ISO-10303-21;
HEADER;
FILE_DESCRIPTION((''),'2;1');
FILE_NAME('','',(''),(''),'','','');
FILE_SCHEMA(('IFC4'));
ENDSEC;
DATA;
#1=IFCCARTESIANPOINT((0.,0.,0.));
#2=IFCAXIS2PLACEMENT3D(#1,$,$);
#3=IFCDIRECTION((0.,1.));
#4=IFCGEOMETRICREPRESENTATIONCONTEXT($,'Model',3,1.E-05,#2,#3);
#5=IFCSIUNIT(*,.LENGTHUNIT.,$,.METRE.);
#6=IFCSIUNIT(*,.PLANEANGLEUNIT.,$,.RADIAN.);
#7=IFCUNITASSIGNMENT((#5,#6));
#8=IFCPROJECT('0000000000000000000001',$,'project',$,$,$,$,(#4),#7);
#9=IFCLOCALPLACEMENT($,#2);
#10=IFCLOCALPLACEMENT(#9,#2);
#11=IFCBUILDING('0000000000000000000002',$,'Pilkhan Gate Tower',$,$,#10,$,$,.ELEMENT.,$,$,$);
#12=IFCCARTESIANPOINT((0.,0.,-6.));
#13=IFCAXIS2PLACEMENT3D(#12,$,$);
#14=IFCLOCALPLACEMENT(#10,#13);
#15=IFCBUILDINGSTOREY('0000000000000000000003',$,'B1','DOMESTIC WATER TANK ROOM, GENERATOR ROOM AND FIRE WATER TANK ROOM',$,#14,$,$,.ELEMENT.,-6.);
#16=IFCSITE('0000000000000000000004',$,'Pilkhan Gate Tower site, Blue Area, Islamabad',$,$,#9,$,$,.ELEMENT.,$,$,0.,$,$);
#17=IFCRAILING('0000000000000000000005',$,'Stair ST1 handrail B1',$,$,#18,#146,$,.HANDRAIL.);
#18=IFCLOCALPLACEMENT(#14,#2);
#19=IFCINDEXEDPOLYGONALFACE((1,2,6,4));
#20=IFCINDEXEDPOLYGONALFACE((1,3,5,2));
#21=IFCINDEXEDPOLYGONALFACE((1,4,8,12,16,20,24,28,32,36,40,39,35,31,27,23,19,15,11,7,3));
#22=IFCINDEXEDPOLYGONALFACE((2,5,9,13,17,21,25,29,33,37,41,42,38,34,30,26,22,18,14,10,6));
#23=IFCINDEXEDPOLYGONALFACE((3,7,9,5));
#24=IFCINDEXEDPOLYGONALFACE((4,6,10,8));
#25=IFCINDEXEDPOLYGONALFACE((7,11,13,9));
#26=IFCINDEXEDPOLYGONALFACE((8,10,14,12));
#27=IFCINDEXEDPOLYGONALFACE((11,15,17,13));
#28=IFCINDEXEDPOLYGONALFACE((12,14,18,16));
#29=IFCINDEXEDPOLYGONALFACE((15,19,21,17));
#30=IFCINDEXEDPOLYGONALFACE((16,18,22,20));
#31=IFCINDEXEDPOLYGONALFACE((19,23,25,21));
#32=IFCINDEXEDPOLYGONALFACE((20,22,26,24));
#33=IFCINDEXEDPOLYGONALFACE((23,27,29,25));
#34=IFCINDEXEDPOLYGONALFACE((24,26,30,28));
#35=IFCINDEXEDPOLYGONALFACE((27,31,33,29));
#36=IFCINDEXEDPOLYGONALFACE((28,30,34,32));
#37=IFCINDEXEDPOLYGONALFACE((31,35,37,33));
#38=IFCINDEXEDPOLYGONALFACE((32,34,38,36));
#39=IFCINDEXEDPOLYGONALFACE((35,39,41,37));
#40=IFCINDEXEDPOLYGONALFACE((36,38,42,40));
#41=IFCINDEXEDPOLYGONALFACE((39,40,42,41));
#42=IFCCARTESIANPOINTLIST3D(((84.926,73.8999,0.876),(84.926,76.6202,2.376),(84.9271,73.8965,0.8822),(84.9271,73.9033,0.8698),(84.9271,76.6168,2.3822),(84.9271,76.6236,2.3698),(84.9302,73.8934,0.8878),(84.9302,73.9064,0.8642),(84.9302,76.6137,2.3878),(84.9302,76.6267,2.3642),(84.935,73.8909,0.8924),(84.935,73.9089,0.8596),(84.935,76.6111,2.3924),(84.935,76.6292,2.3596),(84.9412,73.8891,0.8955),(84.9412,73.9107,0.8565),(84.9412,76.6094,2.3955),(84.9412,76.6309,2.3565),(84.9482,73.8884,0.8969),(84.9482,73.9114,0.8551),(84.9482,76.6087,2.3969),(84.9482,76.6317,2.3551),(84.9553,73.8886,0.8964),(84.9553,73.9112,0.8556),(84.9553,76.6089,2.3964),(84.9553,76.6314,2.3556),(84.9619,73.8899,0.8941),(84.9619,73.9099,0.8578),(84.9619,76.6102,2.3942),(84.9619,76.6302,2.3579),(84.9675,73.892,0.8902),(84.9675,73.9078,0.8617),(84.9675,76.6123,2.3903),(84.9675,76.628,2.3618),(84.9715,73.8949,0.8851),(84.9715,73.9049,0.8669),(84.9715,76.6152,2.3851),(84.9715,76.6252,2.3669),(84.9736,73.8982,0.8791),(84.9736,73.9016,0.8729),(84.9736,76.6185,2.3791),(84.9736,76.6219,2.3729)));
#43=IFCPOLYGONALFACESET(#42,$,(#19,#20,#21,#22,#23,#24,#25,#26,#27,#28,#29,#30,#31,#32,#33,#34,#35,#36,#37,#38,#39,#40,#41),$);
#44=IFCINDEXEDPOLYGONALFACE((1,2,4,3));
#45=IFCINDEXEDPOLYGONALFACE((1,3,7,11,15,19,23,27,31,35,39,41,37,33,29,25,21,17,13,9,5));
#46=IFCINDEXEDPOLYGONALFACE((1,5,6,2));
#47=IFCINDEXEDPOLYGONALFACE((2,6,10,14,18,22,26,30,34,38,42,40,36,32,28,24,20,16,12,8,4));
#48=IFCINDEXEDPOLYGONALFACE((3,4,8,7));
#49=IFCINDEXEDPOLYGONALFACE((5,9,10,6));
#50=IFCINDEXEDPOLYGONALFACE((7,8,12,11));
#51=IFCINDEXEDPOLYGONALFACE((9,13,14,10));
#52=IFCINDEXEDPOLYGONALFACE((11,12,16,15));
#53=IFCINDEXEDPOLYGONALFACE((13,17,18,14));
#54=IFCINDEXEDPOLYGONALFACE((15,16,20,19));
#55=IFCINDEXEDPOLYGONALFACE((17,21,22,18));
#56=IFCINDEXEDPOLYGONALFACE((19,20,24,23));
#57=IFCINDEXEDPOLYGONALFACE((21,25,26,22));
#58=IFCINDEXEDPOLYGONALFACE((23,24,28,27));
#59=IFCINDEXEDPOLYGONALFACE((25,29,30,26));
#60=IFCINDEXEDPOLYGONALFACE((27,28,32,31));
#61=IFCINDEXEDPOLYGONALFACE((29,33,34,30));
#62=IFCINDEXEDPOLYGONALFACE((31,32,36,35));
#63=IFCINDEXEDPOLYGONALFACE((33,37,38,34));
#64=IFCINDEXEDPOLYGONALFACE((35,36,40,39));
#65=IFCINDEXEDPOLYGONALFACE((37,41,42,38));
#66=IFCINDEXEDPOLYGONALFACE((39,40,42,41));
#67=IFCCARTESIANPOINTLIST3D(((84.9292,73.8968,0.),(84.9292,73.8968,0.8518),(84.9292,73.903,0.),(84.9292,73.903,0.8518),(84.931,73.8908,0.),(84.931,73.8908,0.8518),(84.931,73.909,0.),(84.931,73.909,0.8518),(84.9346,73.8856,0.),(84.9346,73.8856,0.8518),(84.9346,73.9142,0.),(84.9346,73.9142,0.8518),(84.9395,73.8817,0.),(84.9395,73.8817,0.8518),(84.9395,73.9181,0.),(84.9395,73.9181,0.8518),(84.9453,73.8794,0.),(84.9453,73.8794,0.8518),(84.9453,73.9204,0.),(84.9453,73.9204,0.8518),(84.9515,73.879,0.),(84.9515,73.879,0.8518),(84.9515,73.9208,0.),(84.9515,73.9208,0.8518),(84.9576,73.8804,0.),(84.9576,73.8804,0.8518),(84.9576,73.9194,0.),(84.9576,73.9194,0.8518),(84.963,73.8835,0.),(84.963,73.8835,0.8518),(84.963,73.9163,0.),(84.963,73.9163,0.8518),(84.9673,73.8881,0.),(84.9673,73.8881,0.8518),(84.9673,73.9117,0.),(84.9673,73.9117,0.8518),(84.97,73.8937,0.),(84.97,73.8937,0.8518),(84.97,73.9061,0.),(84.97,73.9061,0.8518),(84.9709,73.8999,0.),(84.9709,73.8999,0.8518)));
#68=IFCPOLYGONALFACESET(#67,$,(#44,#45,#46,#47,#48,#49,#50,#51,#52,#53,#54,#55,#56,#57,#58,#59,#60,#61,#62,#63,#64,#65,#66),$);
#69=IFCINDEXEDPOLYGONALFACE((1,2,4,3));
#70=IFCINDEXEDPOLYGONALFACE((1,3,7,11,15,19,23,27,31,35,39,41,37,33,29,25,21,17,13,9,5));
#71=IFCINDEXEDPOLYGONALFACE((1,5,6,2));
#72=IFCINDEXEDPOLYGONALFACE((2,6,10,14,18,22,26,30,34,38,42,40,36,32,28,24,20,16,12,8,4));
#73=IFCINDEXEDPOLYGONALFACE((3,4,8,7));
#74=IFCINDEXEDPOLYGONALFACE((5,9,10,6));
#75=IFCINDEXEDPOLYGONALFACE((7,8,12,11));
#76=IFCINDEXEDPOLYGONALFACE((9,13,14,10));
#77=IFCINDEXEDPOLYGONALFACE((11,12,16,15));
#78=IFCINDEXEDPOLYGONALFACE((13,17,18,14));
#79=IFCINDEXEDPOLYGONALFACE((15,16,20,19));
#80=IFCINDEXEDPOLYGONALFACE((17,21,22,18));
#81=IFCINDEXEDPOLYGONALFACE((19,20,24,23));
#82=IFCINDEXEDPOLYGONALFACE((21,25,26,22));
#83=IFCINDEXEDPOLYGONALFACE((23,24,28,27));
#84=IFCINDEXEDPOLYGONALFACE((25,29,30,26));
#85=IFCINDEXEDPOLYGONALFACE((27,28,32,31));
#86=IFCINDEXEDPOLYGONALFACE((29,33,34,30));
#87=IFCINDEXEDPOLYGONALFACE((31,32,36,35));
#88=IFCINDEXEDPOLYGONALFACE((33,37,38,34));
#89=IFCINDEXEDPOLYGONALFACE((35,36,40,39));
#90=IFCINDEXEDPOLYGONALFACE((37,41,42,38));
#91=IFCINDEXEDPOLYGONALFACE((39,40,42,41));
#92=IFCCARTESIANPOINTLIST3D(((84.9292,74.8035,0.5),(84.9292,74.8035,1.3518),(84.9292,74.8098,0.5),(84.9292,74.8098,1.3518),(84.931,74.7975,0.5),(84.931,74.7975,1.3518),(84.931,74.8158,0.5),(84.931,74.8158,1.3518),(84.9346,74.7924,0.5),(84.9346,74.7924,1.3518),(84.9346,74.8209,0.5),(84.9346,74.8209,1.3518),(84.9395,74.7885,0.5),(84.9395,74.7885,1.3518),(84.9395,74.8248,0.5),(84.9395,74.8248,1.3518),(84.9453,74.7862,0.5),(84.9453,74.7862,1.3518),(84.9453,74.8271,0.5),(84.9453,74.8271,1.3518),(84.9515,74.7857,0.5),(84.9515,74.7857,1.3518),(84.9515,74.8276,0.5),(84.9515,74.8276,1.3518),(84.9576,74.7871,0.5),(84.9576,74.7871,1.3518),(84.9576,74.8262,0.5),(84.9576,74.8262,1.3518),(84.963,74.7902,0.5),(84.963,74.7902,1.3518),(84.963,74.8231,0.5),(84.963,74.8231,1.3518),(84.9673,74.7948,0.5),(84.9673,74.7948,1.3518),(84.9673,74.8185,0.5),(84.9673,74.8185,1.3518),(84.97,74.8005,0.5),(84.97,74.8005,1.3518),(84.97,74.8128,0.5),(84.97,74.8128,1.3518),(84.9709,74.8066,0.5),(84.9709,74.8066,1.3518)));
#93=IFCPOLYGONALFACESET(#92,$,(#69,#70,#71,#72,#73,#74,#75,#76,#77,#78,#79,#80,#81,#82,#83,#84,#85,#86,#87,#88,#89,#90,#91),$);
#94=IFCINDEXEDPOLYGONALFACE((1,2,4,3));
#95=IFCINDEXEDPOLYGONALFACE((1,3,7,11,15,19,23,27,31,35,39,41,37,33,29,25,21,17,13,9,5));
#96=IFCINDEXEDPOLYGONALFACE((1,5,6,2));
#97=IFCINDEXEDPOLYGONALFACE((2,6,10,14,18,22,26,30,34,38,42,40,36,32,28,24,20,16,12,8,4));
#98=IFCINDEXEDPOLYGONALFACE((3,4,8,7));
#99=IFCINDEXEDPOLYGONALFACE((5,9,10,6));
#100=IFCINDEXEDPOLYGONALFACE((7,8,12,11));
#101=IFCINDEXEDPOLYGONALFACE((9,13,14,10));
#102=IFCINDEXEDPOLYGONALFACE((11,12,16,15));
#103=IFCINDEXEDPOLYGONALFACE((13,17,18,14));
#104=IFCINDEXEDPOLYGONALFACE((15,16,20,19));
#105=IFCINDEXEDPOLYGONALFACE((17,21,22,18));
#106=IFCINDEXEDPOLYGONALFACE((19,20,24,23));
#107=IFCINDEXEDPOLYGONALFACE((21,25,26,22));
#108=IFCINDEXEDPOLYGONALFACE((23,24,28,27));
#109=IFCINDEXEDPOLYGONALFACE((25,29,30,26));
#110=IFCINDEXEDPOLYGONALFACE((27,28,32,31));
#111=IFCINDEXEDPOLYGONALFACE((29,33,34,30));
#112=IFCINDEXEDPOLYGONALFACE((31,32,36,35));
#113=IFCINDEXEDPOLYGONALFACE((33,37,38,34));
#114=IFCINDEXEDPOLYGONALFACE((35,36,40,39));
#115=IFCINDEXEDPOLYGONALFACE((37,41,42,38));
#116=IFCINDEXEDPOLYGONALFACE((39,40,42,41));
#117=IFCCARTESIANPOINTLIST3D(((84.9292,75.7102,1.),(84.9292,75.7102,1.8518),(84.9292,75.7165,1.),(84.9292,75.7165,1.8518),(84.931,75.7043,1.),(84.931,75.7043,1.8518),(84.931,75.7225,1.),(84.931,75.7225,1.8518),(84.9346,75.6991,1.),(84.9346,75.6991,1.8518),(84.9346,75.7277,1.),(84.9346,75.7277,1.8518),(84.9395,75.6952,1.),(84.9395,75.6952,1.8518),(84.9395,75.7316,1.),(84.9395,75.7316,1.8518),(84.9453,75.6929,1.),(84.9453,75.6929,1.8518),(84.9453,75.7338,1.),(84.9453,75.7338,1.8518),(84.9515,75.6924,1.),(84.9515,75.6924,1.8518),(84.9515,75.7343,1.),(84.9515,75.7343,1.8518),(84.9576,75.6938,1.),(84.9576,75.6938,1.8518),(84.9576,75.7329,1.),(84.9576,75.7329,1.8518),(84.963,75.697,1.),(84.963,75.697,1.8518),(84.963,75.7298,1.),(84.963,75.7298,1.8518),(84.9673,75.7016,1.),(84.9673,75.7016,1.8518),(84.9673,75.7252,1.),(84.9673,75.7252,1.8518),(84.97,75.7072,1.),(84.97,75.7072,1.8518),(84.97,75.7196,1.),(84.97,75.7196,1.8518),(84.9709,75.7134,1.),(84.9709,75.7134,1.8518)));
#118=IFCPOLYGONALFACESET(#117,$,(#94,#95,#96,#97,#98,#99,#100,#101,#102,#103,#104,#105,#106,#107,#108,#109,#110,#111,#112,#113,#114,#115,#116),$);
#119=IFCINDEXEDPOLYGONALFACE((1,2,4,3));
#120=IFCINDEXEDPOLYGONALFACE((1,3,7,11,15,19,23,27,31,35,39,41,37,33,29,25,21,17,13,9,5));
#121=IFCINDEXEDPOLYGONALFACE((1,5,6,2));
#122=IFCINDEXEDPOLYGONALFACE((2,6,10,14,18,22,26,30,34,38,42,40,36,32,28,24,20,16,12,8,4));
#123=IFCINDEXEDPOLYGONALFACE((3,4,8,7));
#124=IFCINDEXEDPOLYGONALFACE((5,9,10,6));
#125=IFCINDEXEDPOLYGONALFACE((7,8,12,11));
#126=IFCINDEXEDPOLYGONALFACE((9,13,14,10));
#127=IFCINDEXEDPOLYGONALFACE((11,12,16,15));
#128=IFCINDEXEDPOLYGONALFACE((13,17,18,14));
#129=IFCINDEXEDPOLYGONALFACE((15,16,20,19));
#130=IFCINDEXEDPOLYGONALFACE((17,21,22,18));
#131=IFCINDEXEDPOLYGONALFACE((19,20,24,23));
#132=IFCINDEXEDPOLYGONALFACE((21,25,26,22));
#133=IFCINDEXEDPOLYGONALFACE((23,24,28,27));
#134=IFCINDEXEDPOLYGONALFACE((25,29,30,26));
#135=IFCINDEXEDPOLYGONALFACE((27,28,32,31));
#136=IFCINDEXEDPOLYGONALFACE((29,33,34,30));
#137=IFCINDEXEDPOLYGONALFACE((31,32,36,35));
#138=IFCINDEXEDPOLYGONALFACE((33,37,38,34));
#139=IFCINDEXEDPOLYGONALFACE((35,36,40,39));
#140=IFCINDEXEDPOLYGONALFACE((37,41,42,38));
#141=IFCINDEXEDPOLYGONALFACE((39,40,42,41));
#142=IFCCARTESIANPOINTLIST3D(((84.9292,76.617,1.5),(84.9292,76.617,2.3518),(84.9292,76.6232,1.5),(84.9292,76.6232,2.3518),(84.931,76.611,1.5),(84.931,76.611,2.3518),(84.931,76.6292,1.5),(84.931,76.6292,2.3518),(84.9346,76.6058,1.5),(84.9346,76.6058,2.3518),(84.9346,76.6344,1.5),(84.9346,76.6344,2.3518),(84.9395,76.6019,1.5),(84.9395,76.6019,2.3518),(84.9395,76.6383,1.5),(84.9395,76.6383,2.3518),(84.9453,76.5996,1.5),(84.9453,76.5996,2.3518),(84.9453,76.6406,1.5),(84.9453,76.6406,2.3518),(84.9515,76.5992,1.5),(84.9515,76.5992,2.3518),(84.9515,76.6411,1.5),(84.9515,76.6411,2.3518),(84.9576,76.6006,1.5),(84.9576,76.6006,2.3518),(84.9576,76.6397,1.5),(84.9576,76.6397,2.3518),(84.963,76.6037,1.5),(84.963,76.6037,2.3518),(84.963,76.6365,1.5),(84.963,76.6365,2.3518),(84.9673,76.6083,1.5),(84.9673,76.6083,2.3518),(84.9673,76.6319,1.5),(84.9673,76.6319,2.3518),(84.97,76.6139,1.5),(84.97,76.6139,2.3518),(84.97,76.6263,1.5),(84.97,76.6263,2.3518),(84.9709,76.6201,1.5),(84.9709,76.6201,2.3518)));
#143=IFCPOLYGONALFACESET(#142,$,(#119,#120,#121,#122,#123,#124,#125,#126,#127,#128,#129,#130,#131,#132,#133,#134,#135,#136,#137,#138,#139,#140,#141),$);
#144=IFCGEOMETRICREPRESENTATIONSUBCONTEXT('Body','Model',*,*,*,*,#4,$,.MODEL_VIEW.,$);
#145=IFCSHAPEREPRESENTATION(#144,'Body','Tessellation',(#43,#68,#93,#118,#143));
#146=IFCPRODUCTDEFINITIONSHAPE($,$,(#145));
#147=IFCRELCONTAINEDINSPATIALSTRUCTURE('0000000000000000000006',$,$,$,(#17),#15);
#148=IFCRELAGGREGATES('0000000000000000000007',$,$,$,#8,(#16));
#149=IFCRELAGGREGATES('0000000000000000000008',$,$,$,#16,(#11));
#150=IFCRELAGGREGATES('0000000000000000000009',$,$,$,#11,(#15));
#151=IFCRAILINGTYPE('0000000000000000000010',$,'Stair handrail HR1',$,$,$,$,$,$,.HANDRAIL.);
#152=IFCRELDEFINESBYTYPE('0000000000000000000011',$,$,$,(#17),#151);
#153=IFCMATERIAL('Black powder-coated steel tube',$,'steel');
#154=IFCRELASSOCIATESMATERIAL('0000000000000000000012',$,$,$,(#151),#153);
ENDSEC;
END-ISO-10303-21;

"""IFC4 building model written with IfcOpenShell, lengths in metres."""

from ifc_helpers import new_model, si_unit, direction, frame, origin, origin_2d, place, context, subcontext, project, spatial, circle, extrude, material, type_object, element, save


model = new_model("IFC4")

# Units and contexts
model_context = context("Model", 3, precision=1e-05, world=origin(), true_north=direction((0.0, 1.0)))
body_context = subcontext(model_context, "Body", "Model", "MODEL_VIEW")
ifc_project = project(units=[si_unit("LENGTHUNIT", "METRE"), si_unit("PLANEANGLEUNIT", "RADIAN")], contexts=[model_context])

# Site, building, storey
site_placement = place(None, origin())
site = spatial("IfcSite", under=ifc_project, at=site_placement, Name="Pilkhan Gate Tower site, Blue Area, Islamabad", CompositionType="ELEMENT", RefElevation=0.0)
building_placement = place(site_placement, origin())
building = spatial("IfcBuilding", under=site, at=building_placement, Name="Pilkhan Gate Tower", CompositionType="ELEMENT")
storey_placement = place(building_placement, frame((0.0, 0.0, -6.0)))
storey = spatial("IfcBuildingStorey", under=building, at=storey_placement, Name="B1", Description="DOMESTIC WATER TANK ROOM, GENERATOR ROOM AND FIRE WATER TANK ROOM", CompositionType="ELEMENT", Elevation=-6.0)

# Railing
ifc_material_1 = material(Name="Black powder-coated steel tube", Category="steel")
railing_type = type_object("IfcRailingType", Name="Stair handrail HR1", PredefinedType="HANDRAIL", material=ifc_material_1)
for number, where, name in (
    (1, (84.95, 73.8999, 0.0), "Stair ST1 handrail B1"),
):
    element("IfcRailing", number, at=place(storey_placement, frame(where)), inside=storey, type_object=railing_type, Name=name, PredefinedType="HANDRAIL", context=body_context, shape_type="SweptSolid", body=[
        extrude(circle(Radius=0.0239, at=origin_2d()), frame((0.0, 0.0, 0.876), z_axis=(0.0, 0.875688, 0.482878), x_axis=(-1.0, 0.0, 0.0)), (0.0, 0.0, 1.0), 3.1064),
        extrude(circle(Radius=0.021, at=origin_2d()), origin(), (0.0, 0.0, 1.0), 0.8518),
        extrude(circle(Radius=0.021, at=origin_2d()), frame((0.0, 0.9067, 0.5)), (0.0, 0.0, 1.0), 0.8518),
        extrude(circle(Radius=0.021, at=origin_2d()), frame((0.0, 1.8135, 1.0)), (0.0, 0.0, 1.0), 0.8518),
        extrude(circle(Radius=0.021, at=origin_2d()), frame((0.0, 2.7202, 1.5)), (0.0, 0.0, 1.0), 0.8518),
    ])

save(model, "model.ifc")
